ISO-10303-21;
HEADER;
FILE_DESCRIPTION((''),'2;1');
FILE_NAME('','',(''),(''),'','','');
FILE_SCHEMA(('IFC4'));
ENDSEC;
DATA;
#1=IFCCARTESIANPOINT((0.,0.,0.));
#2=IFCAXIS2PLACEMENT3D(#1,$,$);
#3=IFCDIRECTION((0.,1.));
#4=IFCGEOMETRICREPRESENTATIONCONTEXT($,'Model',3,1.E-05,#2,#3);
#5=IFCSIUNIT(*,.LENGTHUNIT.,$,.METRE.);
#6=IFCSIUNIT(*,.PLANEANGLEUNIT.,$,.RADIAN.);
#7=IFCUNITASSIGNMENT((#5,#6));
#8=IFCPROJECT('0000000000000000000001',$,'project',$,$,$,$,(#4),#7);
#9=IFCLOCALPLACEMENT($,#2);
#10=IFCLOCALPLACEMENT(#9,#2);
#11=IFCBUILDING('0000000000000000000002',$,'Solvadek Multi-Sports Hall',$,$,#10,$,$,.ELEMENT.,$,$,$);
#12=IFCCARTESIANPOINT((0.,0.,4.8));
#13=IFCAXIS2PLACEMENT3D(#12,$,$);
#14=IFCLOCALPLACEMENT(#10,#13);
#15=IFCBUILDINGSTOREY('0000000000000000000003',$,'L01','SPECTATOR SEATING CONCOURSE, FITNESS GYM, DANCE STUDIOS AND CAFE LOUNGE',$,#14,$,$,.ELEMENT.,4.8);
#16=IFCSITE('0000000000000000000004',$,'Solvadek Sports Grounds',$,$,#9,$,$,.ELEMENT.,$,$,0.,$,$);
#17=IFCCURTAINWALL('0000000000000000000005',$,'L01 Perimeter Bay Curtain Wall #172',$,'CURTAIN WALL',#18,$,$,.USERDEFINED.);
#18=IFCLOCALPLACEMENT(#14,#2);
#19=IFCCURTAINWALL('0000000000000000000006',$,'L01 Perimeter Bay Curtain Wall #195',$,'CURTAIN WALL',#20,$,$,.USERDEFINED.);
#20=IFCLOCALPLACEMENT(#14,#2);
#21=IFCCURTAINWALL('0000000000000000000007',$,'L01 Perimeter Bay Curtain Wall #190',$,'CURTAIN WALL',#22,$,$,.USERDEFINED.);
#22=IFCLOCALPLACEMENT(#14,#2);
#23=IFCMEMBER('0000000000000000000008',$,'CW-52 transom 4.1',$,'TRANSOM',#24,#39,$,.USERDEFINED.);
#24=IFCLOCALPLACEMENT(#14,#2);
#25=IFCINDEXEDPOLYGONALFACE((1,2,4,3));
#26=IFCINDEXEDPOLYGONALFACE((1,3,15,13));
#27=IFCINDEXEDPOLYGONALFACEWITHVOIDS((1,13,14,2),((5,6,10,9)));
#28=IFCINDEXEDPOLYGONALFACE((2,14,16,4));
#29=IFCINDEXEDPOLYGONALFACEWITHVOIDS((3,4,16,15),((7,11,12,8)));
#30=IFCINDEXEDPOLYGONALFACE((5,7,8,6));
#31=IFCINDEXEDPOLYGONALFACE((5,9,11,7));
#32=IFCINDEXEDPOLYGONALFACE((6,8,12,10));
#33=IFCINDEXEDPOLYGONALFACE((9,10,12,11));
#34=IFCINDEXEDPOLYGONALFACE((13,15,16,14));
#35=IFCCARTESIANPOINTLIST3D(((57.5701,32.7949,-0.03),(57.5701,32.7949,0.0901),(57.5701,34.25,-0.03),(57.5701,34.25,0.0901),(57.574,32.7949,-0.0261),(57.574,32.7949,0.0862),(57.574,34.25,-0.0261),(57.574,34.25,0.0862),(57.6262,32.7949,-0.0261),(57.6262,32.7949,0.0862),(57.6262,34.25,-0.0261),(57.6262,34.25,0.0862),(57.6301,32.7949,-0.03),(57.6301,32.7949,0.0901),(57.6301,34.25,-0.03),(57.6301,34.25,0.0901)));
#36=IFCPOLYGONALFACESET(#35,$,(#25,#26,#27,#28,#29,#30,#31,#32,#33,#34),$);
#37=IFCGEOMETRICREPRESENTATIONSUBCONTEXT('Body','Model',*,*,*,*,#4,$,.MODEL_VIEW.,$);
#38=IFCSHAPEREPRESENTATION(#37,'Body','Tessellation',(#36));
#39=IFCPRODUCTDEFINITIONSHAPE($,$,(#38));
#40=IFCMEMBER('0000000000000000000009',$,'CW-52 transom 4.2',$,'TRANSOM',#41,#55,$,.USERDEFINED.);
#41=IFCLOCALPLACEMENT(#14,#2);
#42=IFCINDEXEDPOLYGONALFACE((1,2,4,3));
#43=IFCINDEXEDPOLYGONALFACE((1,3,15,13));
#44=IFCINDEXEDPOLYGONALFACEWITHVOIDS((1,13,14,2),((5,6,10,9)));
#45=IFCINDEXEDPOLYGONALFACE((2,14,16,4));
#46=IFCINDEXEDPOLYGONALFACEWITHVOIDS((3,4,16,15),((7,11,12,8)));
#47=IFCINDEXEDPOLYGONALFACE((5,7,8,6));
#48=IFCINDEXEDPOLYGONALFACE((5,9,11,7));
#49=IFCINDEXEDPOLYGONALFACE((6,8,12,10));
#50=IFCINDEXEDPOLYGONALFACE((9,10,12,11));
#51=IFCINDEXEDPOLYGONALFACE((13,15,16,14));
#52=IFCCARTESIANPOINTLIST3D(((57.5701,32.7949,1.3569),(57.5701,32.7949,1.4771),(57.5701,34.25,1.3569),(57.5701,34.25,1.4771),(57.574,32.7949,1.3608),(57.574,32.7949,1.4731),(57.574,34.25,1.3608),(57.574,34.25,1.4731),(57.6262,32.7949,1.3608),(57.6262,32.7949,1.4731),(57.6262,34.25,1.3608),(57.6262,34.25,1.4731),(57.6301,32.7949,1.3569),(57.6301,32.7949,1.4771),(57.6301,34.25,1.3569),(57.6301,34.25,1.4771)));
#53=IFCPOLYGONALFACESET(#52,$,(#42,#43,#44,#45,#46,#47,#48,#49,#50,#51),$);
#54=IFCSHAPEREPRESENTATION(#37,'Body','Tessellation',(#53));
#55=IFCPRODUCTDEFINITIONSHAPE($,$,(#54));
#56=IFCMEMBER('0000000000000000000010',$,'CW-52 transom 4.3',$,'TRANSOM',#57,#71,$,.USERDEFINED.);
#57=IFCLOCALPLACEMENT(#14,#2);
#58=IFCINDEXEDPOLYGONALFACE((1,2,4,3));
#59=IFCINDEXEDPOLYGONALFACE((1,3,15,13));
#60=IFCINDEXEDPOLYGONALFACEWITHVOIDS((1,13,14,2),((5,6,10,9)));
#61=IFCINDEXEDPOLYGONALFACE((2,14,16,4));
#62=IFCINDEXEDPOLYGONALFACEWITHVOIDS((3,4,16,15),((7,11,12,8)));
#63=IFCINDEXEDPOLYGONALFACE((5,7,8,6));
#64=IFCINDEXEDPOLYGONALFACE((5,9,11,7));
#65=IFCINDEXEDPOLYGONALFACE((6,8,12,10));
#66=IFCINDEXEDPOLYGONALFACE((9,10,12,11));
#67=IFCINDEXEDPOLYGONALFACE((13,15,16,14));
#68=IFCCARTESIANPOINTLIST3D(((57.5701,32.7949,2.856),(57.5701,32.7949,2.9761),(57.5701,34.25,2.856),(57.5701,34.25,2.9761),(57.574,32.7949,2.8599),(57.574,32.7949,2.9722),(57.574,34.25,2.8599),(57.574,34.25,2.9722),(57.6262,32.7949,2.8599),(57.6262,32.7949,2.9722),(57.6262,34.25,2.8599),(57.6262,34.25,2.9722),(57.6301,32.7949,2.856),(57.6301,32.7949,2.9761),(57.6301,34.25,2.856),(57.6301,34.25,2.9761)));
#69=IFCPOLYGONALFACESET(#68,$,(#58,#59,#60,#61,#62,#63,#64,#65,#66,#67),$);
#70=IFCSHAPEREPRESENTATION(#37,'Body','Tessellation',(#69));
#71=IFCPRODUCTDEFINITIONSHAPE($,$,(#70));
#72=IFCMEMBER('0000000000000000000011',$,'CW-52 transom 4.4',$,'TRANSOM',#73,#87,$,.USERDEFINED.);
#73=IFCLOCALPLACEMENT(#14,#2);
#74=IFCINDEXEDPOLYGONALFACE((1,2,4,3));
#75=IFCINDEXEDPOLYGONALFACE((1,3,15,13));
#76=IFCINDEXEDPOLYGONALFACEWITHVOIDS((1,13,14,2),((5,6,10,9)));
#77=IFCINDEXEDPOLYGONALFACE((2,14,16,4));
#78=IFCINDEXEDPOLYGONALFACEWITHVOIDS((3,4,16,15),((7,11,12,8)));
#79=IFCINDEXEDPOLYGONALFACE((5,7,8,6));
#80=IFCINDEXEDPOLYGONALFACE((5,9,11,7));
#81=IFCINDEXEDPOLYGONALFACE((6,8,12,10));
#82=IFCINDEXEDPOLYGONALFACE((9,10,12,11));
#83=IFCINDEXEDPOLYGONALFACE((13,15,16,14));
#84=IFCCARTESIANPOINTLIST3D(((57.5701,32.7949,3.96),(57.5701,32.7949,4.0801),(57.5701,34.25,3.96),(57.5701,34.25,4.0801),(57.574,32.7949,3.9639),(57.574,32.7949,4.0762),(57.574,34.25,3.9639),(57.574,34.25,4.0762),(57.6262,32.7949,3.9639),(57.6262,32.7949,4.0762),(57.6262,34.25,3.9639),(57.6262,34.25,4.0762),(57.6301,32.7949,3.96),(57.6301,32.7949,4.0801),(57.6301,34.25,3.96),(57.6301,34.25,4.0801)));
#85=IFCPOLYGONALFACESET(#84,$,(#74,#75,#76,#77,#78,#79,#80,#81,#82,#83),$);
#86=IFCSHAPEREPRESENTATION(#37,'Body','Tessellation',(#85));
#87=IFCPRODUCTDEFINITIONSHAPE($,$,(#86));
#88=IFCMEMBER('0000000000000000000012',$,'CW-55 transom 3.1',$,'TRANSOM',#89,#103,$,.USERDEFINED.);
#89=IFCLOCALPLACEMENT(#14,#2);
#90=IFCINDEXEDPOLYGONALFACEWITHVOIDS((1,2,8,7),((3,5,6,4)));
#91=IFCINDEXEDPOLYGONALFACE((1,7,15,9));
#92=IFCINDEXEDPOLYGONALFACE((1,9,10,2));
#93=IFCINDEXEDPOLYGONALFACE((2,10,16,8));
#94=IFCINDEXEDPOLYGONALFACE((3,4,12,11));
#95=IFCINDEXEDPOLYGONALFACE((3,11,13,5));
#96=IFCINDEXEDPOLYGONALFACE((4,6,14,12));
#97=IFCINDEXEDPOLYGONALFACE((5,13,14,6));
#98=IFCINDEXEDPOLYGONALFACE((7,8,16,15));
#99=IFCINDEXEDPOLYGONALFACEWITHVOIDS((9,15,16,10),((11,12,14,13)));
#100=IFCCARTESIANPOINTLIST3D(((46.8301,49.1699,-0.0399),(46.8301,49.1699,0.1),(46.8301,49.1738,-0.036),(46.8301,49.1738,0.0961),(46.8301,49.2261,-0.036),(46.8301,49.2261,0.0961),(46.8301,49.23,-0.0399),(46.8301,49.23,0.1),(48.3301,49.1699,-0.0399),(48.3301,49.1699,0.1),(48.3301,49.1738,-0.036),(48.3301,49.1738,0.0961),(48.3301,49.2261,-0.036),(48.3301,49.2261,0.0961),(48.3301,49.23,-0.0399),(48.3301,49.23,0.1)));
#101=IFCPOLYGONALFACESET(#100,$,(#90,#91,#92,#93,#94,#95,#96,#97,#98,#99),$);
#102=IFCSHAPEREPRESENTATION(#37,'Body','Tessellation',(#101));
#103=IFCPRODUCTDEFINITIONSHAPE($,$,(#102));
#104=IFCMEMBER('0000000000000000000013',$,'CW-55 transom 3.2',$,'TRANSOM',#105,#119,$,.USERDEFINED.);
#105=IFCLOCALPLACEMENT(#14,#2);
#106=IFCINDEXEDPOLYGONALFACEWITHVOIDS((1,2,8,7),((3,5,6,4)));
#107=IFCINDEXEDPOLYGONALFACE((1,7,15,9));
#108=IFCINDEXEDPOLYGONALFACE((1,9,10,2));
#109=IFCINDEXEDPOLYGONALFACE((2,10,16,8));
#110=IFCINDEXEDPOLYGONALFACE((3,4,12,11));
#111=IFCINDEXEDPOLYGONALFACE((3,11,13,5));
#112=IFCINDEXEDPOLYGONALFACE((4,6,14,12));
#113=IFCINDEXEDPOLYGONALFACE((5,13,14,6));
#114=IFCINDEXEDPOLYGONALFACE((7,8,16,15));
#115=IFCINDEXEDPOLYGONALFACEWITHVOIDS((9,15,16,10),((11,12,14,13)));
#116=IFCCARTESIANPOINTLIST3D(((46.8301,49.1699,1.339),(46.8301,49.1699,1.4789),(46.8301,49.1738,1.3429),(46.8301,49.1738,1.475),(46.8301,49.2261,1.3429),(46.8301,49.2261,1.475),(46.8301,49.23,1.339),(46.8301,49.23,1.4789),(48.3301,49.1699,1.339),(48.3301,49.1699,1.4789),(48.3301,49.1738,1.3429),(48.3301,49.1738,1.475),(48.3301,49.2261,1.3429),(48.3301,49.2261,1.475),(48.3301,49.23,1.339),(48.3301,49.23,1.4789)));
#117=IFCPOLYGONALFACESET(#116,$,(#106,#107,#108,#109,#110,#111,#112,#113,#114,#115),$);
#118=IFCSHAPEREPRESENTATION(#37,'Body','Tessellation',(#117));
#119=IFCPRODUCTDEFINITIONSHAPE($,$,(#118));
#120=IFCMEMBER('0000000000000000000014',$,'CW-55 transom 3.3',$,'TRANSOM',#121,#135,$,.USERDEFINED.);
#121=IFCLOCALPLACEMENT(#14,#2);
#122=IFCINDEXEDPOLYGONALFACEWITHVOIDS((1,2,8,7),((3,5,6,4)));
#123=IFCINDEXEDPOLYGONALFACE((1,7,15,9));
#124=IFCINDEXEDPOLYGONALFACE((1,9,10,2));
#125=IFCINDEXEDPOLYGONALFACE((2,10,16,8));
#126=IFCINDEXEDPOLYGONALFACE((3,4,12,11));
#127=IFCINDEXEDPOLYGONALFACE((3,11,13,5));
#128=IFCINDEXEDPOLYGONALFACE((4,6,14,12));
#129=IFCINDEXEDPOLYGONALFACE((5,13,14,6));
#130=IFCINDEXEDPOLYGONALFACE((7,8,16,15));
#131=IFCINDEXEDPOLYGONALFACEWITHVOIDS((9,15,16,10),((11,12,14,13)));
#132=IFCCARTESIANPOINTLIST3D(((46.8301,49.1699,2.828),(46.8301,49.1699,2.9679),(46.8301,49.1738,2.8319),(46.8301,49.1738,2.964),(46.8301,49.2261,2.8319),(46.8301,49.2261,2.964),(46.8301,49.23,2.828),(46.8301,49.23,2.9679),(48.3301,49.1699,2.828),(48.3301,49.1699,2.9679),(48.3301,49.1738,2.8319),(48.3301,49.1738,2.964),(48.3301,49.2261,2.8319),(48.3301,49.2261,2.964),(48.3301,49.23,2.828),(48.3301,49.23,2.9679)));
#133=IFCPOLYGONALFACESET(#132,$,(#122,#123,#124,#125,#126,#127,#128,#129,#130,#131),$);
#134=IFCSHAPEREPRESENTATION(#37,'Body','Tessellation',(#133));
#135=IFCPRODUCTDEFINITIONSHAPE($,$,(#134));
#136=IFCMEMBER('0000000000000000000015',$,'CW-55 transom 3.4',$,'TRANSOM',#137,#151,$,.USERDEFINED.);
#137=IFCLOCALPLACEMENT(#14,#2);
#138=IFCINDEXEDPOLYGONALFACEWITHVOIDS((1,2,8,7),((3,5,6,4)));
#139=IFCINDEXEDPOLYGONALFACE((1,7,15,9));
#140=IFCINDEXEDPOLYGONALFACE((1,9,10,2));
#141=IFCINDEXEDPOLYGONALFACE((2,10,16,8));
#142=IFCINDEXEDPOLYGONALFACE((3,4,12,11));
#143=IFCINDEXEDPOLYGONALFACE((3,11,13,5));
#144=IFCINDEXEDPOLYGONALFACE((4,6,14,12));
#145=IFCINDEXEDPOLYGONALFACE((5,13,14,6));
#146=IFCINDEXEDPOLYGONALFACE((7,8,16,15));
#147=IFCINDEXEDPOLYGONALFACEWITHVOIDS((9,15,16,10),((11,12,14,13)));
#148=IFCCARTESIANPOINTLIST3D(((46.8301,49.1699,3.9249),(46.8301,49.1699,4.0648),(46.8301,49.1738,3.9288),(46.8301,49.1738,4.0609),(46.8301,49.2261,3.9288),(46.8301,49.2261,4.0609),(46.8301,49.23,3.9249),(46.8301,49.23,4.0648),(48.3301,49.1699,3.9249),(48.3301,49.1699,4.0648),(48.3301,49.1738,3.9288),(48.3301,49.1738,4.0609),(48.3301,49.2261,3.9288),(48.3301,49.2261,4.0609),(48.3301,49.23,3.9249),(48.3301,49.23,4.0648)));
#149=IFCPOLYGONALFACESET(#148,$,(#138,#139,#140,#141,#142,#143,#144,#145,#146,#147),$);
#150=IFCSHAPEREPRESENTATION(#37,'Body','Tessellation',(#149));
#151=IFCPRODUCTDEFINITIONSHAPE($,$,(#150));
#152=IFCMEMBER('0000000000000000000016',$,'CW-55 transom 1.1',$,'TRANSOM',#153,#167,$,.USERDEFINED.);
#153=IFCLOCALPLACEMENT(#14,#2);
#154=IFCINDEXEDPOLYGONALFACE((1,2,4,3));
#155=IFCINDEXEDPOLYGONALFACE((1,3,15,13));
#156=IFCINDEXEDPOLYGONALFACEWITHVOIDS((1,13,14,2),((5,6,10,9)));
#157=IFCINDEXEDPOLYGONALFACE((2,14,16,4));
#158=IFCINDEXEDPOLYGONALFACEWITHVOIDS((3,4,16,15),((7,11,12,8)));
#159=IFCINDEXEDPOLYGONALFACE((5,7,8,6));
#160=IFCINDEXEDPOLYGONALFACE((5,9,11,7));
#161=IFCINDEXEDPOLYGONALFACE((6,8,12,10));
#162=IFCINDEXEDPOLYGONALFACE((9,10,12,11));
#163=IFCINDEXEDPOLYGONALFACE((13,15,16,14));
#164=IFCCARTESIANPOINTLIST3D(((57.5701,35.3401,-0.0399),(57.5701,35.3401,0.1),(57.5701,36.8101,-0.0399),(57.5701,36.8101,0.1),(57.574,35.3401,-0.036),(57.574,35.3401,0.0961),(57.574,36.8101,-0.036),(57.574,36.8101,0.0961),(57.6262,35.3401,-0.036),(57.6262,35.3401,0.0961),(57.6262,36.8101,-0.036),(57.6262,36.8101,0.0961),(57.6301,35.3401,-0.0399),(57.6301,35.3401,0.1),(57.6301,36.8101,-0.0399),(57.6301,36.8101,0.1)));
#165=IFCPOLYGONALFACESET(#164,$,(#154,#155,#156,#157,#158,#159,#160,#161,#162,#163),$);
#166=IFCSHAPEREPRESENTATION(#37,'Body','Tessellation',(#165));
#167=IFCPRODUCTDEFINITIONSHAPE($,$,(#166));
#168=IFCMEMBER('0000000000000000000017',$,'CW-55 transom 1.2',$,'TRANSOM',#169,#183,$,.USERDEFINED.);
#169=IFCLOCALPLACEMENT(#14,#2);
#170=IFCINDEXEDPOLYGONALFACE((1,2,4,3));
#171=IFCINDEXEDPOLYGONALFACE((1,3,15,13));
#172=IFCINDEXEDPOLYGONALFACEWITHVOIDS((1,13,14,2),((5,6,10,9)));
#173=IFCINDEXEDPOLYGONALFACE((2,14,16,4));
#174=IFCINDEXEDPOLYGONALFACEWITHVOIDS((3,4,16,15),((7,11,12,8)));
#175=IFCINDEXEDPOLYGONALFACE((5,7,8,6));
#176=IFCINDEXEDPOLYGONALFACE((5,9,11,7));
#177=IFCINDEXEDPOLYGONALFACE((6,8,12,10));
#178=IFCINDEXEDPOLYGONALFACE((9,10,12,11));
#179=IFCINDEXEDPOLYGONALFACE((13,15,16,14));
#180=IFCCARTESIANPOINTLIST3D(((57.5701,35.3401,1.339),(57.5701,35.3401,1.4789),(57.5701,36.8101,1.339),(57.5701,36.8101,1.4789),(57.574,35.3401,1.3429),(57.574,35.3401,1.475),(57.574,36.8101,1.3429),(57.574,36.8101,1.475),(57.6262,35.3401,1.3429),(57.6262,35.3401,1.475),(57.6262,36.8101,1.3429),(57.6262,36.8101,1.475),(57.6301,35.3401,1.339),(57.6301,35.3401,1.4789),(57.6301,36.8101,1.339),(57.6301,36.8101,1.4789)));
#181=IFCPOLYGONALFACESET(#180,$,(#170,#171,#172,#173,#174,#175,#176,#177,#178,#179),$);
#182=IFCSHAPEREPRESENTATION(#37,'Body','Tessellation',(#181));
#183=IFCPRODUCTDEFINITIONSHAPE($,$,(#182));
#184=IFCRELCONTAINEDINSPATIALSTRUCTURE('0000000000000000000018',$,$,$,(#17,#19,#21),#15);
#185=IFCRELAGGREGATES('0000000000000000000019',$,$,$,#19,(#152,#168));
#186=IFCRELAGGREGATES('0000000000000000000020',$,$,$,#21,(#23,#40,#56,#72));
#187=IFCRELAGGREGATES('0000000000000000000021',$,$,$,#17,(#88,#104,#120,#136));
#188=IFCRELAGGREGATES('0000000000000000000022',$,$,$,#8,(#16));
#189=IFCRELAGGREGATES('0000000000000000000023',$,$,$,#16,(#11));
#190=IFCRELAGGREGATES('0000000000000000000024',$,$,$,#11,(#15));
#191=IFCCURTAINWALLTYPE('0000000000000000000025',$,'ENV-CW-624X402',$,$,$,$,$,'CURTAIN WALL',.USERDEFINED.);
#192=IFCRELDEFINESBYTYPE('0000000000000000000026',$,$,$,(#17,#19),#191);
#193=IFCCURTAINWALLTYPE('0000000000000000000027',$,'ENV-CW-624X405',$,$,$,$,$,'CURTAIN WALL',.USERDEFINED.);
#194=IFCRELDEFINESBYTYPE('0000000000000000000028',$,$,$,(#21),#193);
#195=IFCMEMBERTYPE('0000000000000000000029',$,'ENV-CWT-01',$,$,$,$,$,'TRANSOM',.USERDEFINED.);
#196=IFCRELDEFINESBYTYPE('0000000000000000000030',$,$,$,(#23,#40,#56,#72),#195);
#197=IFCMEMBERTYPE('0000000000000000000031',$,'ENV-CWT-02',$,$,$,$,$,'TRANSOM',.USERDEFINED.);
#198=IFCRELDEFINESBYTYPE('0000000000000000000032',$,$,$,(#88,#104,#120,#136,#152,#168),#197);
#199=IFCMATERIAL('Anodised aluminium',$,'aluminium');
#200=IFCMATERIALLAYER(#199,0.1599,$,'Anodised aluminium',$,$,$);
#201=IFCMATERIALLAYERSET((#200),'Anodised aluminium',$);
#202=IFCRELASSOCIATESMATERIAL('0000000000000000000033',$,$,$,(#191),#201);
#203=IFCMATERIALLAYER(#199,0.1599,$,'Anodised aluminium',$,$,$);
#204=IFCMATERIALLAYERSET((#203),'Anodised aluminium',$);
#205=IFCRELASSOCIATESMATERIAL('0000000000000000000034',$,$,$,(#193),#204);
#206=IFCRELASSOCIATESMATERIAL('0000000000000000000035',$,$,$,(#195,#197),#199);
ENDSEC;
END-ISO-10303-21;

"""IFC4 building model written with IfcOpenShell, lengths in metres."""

from ifc_helpers import new_model, si_unit, direction, frame, origin, origin_2d, place, context, subcontext, project, spatial, hollow_rectangle, extrude, material, layer, layer_set, material_profile, profile_set, type_object, element, aggregate, save


model = new_model("IFC4")

# Units and contexts
model_context = context("Model", 3, precision=1e-05, world=origin(), true_north=direction((0.0, 1.0)))
body_context = subcontext(model_context, "Body", "Model", "MODEL_VIEW")
ifc_project = project(units=[si_unit("LENGTHUNIT", "METRE"), si_unit("PLANEANGLEUNIT", "RADIAN")], contexts=[model_context])

# Site, building, storey
site_placement = place(None, origin())
site = spatial("IfcSite", under=ifc_project, at=site_placement, Name="Solvadek Sports Grounds", CompositionType="ELEMENT", RefElevation=0.0)
building_placement = place(site_placement, origin())
building = spatial("IfcBuilding", under=site, at=building_placement, Name="Solvadek Multi-Sports Hall", CompositionType="ELEMENT")
storey_placement = place(building_placement, frame((0.0, 0.0, 4.8)))
storey = spatial("IfcBuildingStorey", under=building, at=storey_placement, Name="L01", Description="SPECTATOR SEATING CONCOURSE, FITNESS GYM, DANCE STUDIOS AND CAFE LOUNGE", CompositionType="ELEMENT", Elevation=4.8)

# Curtain wall
ifc_material_1 = material(Name="Anodised aluminium", Category="aluminium")
ifc_layer_1 = layer(ifc_material_1, 0.1599, Name="Anodised aluminium")
ifc_layer_set_1 = layer_set([ifc_layer_1], Name="Anodised aluminium")
curtain_wall_type_1 = type_object("IfcCurtainWallType", Name="ENV-CW-624X402", ElementType="CURTAIN WALL", PredefinedType="USERDEFINED", material=ifc_layer_set_1)
curtain_wall_1_placement = place(storey_placement, origin())
curtain_wall_1 = element("IfcCurtainWall", 1, at=curtain_wall_1_placement, inside=storey, type_object=curtain_wall_type_1, Name="L01 Perimeter Bay Curtain Wall #172", ObjectType="CURTAIN WALL", PredefinedType="USERDEFINED")

# Curtain walls, members
curtain_wall_2_placement = place(storey_placement, origin())
curtain_wall_2 = element("IfcCurtainWall", 2, at=curtain_wall_2_placement, inside=storey, type_object=curtain_wall_type_1, Name="L01 Perimeter Bay Curtain Wall #195", ObjectType="CURTAIN WALL", PredefinedType="USERDEFINED")
ifc_layer_2 = layer(ifc_material_1, 0.1599, Name="Anodised aluminium")
ifc_layer_set_2 = layer_set([ifc_layer_2], Name="Anodised aluminium")
curtain_wall_type_2 = type_object("IfcCurtainWallType", Name="ENV-CW-624X405", ElementType="CURTAIN WALL", PredefinedType="USERDEFINED", material=ifc_layer_set_2)
curtain_wall_3_placement = place(storey_placement, origin())
curtain_wall_3 = element("IfcCurtainWall", 3, at=curtain_wall_3_placement, inside=storey, type_object=curtain_wall_type_2, Name="L01 Perimeter Bay Curtain Wall #190", ObjectType="CURTAIN WALL", PredefinedType="USERDEFINED")
ifc_material_profile_1 = material_profile(ifc_material_1, hollow_rectangle(XDim=0.0601, YDim=0.1201, WallThickness=0.0039, at=origin_2d()), Name="ALU-T 120x60x4")
ifc_profile_set_1 = profile_set([ifc_material_profile_1], Name="Anodised aluminium")
member_type_1 = type_object("IfcMemberType", Name="ENV-CWT-01", ElementType="TRANSOM", PredefinedType="USERDEFINED", material=ifc_profile_set_1)
member_1_placement = place(storey_placement, frame((57.6001, 32.7949, 0.03), z_axis=(0.0, 1.0, 0.0), x_axis=(-1.0, 0.0, 0.0)))
member_1 = element("IfcMember", 4, at=member_1_placement, type_object=member_type_1, Name="CW-52 transom 4.1", ObjectType="TRANSOM", PredefinedType="USERDEFINED", context=body_context, shape_type="SweptSolid", body=[
    extrude(hollow_rectangle(XDim=0.0601, YDim=0.1201, WallThickness=0.0039, at=origin_2d()), origin(), (0.0, 0.0, 1.0), 1.4551),
])
member_2_placement = place(storey_placement, frame((57.6001, 32.7949, 1.417), z_axis=(0.0, 1.0, 0.0), x_axis=(-1.0, 0.0, 0.0)))
member_2 = element("IfcMember", 5, at=member_2_placement, type_object=member_type_1, Name="CW-52 transom 4.2", ObjectType="TRANSOM", PredefinedType="USERDEFINED", context=body_context, shape_type="SweptSolid", body=[
    extrude(hollow_rectangle(XDim=0.0601, YDim=0.1201, WallThickness=0.0039, at=origin_2d()), origin(), (0.0, 0.0, 1.0), 1.4551),
])
member_3_placement = place(storey_placement, frame((57.6001, 32.7949, 2.916), z_axis=(0.0, 1.0, 0.0), x_axis=(-1.0, 0.0, 0.0)))
member_3 = element("IfcMember", 6, at=member_3_placement, type_object=member_type_1, Name="CW-52 transom 4.3", ObjectType="TRANSOM", PredefinedType="USERDEFINED", context=body_context, shape_type="SweptSolid", body=[
    extrude(hollow_rectangle(XDim=0.0601, YDim=0.1201, WallThickness=0.0039, at=origin_2d()), origin(), (0.0, 0.0, 1.0), 1.4551),
])
member_4_placement = place(storey_placement, frame((57.6001, 32.7949, 4.02), z_axis=(0.0, 1.0, 0.0), x_axis=(-1.0, 0.0, 0.0)))
member_4 = element("IfcMember", 7, at=member_4_placement, type_object=member_type_1, Name="CW-52 transom 4.4", ObjectType="TRANSOM", PredefinedType="USERDEFINED", context=body_context, shape_type="SweptSolid", body=[
    extrude(hollow_rectangle(XDim=0.0601, YDim=0.1201, WallThickness=0.0039, at=origin_2d()), origin(), (0.0, 0.0, 1.0), 1.4551),
])

# Members
ifc_material_profile_2 = material_profile(ifc_material_1, hollow_rectangle(XDim=0.0601, YDim=0.1399, WallThickness=0.0039, at=origin_2d()), Name="ALU-T 140x60x4")
ifc_profile_set_2 = profile_set([ifc_material_profile_2], Name="Anodised aluminium")
member_type_2 = type_object("IfcMemberType", Name="ENV-CWT-02", ElementType="TRANSOM", PredefinedType="USERDEFINED", material=ifc_profile_set_2)
member_5_placement = place(storey_placement, frame((46.8301, 49.2, 0.03), z_axis=(1.0, 0.0, 0.0), x_axis=(0.0, 1.0, 0.0)))
member_5 = element("IfcMember", 8, at=member_5_placement, type_object=member_type_2, Name="CW-55 transom 3.1", ObjectType="TRANSOM", PredefinedType="USERDEFINED", context=body_context, shape_type="SweptSolid", body=[
    extrude(hollow_rectangle(XDim=0.0601, YDim=0.1399, WallThickness=0.0039, at=origin_2d()), origin(), (0.0, 0.0, 1.0), 1.5),
])
member_6_placement = place(storey_placement, frame((46.8301, 49.2, 1.4089), z_axis=(1.0, 0.0, 0.0), x_axis=(0.0, 1.0, 0.0)))
member_6 = element("IfcMember", 9, at=member_6_placement, type_object=member_type_2, Name="CW-55 transom 3.2", ObjectType="TRANSOM", PredefinedType="USERDEFINED", context=body_context, shape_type="SweptSolid", body=[
    extrude(hollow_rectangle(XDim=0.0601, YDim=0.1399, WallThickness=0.0039, at=origin_2d()), origin(), (0.0, 0.0, 1.0), 1.5),
])
member_7_placement = place(storey_placement, frame((46.8301, 49.2, 2.8979), z_axis=(1.0, 0.0, 0.0), x_axis=(0.0, 1.0, 0.0)))
member_7 = element("IfcMember", 10, at=member_7_placement, type_object=member_type_2, Name="CW-55 transom 3.3", ObjectType="TRANSOM", PredefinedType="USERDEFINED", context=body_context, shape_type="SweptSolid", body=[
    extrude(hollow_rectangle(XDim=0.0601, YDim=0.1399, WallThickness=0.0039, at=origin_2d()), origin(), (0.0, 0.0, 1.0), 1.5),
])
member_8_placement = place(storey_placement, frame((46.8301, 49.2, 3.9949), z_axis=(1.0, 0.0, 0.0), x_axis=(0.0, 1.0, 0.0)))
member_8 = element("IfcMember", 11, at=member_8_placement, type_object=member_type_2, Name="CW-55 transom 3.4", ObjectType="TRANSOM", PredefinedType="USERDEFINED", context=body_context, shape_type="SweptSolid", body=[
    extrude(hollow_rectangle(XDim=0.0601, YDim=0.1399, WallThickness=0.0039, at=origin_2d()), origin(), (0.0, 0.0, 1.0), 1.5),
])
member_9_placement = place(storey_placement, frame((57.6001, 35.3401, 0.03), z_axis=(0.0, 1.0, 0.0), x_axis=(-1.0, 0.0, 0.0)))
member_9 = element("IfcMember", 12, at=member_9_placement, type_object=member_type_2, Name="CW-55 transom 1.1", ObjectType="TRANSOM", PredefinedType="USERDEFINED", context=body_context, shape_type="SweptSolid", body=[
    extrude(hollow_rectangle(XDim=0.0601, YDim=0.1399, WallThickness=0.0039, at=origin_2d()), origin(), (0.0, 0.0, 1.0), 1.47),
])
member_10_placement = place(storey_placement, frame((57.6001, 35.3401, 1.4089), z_axis=(0.0, 1.0, 0.0), x_axis=(-1.0, 0.0, 0.0)))
member_10 = element("IfcMember", 13, at=member_10_placement, type_object=member_type_2, Name="CW-55 transom 1.2", ObjectType="TRANSOM", PredefinedType="USERDEFINED", context=body_context, shape_type="SweptSolid", body=[
    extrude(hollow_rectangle(XDim=0.0601, YDim=0.1399, WallThickness=0.0039, at=origin_2d()), origin(), (0.0, 0.0, 1.0), 1.47),
])
aggregate(curtain_wall_2, [member_9, member_10])

aggregate(curtain_wall_3, [member_1, member_2, member_3, member_4])
aggregate(curtain_wall_1, [member_5, member_6, member_7, member_8])

save(model, "model.ifc")
